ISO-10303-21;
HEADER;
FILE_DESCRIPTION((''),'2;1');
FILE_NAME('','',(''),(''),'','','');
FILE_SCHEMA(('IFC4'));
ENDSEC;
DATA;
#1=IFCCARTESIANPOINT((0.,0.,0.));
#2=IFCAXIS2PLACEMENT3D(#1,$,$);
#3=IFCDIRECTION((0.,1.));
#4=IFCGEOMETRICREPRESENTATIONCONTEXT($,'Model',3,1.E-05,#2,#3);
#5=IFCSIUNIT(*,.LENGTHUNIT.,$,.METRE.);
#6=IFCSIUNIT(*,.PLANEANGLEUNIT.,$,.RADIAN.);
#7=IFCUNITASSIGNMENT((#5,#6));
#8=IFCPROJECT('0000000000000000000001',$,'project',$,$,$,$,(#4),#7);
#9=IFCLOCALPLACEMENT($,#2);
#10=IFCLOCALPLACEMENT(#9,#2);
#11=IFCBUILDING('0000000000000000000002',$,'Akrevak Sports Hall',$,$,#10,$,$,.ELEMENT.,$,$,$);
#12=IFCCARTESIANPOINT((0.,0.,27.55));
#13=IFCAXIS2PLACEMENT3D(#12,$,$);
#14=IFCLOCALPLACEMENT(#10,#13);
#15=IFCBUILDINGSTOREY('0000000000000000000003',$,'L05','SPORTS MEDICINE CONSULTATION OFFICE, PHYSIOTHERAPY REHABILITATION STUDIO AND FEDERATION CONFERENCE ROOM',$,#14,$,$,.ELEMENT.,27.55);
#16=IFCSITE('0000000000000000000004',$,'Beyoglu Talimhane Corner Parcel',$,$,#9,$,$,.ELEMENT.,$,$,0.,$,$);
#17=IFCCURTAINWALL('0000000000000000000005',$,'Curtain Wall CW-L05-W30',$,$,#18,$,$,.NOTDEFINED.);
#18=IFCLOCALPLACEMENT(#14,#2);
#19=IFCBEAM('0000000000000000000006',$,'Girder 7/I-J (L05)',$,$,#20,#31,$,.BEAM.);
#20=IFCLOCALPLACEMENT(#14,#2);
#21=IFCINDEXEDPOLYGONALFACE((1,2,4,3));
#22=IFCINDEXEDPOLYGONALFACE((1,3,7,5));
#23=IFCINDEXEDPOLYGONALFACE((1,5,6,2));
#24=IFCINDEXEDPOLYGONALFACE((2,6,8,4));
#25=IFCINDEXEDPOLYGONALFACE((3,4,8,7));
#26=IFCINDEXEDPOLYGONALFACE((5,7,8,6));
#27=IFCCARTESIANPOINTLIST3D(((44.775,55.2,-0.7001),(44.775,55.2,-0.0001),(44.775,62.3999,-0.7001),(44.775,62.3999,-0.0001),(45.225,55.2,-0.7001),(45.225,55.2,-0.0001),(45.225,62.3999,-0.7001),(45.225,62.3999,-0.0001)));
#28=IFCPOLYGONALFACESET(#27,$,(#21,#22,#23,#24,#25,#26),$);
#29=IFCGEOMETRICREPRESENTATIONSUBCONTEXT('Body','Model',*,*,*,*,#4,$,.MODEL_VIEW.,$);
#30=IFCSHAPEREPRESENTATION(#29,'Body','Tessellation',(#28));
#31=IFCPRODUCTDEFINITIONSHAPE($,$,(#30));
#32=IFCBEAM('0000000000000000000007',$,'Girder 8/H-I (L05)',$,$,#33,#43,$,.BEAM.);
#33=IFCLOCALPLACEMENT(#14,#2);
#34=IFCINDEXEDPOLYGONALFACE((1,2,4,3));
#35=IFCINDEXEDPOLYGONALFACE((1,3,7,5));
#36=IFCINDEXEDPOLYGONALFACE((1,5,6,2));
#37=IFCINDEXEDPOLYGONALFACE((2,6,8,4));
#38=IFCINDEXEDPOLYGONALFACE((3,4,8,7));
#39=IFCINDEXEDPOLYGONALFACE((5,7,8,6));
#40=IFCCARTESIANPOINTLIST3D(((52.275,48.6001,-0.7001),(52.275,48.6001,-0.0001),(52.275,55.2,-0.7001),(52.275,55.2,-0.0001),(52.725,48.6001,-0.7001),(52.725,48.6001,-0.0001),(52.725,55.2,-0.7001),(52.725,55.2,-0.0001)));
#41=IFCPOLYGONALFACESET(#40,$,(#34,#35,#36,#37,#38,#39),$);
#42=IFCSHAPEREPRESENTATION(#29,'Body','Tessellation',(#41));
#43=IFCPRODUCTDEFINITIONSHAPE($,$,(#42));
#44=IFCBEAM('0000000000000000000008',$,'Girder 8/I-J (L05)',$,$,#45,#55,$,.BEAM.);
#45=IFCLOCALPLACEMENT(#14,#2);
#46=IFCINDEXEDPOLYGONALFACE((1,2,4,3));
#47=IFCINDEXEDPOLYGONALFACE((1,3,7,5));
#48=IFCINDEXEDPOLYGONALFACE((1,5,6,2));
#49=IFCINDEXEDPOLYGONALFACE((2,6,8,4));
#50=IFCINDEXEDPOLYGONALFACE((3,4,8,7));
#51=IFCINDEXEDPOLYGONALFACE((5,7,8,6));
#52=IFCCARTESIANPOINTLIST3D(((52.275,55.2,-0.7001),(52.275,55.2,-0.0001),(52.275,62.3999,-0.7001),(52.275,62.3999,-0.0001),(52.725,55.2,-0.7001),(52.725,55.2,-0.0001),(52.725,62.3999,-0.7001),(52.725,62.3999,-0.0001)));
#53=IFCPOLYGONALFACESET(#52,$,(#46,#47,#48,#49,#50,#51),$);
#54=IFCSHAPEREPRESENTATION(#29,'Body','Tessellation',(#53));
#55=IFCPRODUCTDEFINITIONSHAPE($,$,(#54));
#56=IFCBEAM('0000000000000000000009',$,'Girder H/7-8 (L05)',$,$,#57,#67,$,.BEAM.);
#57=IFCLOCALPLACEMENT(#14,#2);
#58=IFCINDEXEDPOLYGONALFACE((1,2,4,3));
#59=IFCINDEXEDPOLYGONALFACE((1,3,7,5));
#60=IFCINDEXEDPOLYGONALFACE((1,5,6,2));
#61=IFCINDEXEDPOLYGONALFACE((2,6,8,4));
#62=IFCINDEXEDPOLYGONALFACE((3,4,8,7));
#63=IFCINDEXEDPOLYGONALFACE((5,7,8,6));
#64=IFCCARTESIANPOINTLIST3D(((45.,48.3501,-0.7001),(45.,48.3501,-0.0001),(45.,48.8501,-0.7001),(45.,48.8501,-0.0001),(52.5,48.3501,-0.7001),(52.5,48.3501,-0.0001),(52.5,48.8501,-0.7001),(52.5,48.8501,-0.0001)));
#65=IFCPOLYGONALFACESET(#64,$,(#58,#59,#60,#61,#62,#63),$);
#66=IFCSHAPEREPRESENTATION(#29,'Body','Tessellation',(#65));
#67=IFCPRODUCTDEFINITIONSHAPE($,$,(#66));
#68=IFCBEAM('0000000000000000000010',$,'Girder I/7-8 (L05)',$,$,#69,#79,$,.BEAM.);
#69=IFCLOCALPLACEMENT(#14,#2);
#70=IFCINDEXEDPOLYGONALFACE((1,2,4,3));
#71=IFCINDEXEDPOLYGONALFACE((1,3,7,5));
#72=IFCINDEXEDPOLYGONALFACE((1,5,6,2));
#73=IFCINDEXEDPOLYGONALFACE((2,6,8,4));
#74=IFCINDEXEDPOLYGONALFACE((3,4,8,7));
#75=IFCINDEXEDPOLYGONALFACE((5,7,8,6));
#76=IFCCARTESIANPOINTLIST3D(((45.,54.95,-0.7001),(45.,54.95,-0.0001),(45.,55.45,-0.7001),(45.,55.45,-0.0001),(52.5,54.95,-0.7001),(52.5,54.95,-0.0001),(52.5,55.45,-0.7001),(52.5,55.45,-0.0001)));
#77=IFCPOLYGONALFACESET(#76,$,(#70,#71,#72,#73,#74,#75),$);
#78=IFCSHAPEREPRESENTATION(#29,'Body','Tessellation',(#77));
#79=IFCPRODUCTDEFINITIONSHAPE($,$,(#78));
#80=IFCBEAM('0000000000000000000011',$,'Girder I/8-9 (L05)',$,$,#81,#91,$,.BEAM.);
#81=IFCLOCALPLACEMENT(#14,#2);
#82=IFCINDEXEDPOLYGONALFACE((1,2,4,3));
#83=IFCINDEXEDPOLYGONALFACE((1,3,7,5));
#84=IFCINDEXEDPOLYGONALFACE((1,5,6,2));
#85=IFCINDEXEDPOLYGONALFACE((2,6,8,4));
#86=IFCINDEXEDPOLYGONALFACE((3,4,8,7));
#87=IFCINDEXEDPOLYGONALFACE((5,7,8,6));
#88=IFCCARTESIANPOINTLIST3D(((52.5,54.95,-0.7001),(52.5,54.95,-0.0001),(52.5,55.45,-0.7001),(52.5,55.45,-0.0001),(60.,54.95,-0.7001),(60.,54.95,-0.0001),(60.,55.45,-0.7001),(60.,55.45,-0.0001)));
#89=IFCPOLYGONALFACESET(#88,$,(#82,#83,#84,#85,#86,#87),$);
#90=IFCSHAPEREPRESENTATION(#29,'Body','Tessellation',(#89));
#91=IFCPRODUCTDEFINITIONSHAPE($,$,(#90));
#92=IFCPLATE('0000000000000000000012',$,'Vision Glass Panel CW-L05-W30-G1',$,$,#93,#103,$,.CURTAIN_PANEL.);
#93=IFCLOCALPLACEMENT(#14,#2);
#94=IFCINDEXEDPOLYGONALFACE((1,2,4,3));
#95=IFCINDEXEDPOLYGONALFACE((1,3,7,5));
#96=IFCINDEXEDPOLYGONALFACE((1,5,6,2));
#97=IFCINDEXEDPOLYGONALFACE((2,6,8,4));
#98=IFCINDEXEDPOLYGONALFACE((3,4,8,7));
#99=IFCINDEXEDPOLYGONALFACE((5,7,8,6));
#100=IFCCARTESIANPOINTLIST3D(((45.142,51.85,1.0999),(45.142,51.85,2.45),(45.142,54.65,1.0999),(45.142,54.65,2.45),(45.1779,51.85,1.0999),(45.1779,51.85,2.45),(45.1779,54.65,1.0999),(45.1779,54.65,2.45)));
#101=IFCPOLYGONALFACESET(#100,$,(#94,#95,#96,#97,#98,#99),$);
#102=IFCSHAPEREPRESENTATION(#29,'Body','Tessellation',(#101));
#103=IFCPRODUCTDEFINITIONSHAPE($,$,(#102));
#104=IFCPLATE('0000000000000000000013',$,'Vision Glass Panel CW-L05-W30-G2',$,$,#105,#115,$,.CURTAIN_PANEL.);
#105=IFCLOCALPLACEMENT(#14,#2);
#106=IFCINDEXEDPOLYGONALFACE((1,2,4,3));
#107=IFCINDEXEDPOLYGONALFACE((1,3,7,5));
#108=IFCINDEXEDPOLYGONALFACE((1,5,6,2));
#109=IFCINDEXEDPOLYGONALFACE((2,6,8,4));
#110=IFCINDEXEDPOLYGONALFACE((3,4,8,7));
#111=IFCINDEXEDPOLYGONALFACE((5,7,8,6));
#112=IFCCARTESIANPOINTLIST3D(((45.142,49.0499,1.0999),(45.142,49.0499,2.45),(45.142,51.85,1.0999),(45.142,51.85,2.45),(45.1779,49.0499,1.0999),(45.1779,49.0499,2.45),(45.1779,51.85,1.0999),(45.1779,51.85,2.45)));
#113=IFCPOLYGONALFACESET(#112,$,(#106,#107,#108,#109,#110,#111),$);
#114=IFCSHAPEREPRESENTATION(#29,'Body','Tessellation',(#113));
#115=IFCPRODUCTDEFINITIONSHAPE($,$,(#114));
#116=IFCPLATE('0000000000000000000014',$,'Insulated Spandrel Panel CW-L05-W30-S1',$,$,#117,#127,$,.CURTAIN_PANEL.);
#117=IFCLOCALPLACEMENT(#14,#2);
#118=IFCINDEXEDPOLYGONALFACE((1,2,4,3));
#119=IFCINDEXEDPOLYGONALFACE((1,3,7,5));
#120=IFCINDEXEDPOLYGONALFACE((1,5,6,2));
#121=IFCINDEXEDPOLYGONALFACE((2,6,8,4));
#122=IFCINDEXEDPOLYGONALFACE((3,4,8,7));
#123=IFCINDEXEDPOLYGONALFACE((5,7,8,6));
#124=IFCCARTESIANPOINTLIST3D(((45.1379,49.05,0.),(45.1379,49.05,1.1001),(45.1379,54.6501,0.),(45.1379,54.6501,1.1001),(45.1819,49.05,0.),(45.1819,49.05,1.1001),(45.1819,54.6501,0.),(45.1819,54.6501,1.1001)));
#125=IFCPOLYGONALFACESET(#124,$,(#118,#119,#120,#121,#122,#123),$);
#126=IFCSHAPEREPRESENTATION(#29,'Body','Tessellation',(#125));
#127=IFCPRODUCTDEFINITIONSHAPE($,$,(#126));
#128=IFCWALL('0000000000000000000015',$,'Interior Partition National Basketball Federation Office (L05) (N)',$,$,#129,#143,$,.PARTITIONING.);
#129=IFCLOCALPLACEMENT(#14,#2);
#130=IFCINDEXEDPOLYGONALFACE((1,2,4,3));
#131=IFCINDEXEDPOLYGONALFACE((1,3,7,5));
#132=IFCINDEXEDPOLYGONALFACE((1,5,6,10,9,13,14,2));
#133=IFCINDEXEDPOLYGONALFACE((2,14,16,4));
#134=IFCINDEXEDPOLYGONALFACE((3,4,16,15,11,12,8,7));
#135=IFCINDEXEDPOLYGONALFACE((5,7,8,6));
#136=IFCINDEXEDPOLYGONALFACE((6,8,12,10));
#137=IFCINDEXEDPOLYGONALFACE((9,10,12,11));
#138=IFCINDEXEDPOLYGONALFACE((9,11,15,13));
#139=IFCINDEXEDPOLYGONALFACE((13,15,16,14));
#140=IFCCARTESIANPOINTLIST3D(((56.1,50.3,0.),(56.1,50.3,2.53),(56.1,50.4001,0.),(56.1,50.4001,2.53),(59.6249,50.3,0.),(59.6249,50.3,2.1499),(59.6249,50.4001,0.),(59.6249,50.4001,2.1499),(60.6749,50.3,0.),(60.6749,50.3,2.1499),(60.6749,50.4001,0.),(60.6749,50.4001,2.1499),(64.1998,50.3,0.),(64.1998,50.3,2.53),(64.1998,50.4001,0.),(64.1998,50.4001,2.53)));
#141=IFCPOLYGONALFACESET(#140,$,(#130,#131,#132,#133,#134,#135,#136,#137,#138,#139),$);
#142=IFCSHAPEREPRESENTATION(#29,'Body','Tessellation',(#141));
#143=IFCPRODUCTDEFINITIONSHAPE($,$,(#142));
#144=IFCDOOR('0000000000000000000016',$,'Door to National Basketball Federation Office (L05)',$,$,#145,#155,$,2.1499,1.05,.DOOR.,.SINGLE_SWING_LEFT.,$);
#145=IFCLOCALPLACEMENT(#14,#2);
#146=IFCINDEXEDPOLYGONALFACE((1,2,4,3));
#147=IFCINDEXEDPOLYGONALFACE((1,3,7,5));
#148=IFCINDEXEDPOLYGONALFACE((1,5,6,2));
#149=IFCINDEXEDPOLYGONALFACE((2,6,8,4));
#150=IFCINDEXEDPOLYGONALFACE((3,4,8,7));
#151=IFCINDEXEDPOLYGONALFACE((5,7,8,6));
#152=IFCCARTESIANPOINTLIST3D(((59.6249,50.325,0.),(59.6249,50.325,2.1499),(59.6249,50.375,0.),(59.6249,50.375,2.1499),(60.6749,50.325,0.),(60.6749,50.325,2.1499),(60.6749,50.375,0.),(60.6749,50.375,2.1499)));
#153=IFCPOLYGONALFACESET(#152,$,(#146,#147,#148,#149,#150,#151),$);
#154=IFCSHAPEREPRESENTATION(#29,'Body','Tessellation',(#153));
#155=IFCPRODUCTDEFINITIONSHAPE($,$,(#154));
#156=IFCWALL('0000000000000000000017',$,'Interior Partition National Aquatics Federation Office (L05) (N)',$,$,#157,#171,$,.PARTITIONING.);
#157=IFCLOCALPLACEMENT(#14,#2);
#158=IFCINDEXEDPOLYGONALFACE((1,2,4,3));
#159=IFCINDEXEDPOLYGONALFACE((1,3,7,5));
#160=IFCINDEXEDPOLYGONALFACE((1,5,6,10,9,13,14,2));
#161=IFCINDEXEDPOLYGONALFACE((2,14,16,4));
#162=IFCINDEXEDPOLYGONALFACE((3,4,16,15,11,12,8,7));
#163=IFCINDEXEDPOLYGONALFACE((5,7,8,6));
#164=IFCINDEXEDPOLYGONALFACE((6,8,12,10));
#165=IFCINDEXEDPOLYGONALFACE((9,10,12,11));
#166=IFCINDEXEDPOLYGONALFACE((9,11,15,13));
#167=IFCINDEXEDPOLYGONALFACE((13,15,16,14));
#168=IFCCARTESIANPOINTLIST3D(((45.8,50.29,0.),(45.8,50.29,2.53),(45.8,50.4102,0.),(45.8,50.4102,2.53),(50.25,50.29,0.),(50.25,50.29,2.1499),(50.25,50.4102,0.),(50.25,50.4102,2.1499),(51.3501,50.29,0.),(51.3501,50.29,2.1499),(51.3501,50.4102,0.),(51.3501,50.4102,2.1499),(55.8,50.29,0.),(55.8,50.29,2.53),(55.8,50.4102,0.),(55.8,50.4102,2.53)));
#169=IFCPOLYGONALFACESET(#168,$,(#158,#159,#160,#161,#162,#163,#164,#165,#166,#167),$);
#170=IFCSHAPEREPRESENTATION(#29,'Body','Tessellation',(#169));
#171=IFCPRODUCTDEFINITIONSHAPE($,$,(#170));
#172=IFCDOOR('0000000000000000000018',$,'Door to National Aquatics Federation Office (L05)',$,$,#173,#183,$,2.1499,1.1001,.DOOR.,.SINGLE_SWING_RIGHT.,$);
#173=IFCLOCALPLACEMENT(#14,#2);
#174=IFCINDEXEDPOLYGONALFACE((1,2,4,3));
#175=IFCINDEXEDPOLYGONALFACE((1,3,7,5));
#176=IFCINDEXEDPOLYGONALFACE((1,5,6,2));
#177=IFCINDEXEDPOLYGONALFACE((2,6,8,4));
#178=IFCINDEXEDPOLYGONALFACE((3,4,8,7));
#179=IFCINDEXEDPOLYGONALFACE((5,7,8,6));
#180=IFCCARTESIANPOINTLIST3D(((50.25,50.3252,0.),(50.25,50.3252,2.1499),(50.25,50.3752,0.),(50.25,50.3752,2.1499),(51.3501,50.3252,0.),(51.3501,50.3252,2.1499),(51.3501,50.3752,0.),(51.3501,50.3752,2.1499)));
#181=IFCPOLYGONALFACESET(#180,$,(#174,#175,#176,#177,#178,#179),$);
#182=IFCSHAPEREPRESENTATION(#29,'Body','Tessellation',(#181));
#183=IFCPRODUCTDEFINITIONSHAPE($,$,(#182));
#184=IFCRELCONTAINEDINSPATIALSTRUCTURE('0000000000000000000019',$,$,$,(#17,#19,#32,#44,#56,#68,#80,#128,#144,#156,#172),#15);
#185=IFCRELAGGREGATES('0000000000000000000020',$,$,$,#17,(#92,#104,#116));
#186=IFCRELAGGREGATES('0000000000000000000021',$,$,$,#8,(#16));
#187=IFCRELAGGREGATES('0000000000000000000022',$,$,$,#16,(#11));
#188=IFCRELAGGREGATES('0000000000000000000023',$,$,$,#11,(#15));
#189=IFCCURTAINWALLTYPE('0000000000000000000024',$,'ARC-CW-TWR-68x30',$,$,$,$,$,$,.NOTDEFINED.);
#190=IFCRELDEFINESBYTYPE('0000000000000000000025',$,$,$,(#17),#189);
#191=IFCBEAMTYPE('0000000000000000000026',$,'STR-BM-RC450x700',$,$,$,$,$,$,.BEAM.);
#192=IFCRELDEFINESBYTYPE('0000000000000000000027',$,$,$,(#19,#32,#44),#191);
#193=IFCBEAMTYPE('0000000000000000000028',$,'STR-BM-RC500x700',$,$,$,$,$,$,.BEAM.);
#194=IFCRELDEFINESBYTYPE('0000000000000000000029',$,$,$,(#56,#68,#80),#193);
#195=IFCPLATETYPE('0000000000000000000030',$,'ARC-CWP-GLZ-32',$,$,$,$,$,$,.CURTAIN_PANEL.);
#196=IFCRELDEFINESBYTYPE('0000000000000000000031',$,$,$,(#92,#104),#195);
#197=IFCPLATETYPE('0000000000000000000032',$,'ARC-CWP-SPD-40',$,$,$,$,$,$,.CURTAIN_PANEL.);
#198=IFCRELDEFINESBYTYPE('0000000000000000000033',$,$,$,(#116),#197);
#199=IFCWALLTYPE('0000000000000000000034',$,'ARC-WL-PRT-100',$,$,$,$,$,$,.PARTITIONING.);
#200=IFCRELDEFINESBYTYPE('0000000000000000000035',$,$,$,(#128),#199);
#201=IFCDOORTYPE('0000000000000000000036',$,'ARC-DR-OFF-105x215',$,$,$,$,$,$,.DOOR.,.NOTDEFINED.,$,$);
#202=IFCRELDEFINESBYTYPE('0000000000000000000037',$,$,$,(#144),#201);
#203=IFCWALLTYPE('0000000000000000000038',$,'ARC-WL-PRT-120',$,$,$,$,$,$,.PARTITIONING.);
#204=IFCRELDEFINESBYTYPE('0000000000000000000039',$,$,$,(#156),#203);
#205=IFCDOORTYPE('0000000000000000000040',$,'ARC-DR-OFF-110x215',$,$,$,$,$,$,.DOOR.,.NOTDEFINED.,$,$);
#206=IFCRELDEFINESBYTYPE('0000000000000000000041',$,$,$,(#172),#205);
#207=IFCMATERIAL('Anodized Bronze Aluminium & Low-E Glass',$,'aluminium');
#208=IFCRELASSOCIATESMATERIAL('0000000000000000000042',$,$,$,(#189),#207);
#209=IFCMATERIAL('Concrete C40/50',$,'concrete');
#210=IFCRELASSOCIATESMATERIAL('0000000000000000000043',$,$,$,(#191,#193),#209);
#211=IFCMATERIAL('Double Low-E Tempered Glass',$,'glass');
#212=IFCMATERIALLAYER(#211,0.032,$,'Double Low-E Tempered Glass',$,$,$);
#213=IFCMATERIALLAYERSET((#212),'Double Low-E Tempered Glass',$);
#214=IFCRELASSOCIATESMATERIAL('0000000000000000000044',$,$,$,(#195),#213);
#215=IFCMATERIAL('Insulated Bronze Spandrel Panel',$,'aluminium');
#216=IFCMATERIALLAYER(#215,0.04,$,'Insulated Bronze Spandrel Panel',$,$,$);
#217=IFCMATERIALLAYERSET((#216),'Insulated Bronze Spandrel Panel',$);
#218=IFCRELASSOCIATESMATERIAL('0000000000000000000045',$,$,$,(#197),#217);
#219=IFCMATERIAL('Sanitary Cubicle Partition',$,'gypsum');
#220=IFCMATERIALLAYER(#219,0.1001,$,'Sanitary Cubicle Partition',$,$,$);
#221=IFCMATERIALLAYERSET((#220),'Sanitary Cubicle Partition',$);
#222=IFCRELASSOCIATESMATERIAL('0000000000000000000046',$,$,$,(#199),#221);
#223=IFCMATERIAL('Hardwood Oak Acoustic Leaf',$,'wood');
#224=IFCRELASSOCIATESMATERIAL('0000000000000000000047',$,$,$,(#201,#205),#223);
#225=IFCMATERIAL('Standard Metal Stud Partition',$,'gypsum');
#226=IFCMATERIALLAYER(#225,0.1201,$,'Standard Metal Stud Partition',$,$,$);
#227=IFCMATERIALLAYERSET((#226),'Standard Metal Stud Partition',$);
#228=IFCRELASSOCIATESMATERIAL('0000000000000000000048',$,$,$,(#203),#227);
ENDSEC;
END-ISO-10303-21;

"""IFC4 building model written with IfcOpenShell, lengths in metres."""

from ifc_helpers import new_model, si_unit, direction, frame, frame_2d, origin, origin_2d, place, context, subcontext, project, spatial, rectangle, extrude, material, layer, layer_set, material_profile, profile_set, type_object, element, fill, aggregate, save


model = new_model("IFC4")

# Units and contexts
model_context = context("Model", 3, precision=1e-05, world=origin(), true_north=direction((0.0, 1.0)))
body_context = subcontext(model_context, "Body", "Model", "MODEL_VIEW")
ifc_project = project(units=[si_unit("LENGTHUNIT", "METRE"), si_unit("PLANEANGLEUNIT", "RADIAN")], contexts=[model_context])

# Site, building, storey
site_placement = place(None, origin())
site = spatial("IfcSite", under=ifc_project, at=site_placement, Name="Beyoglu Talimhane Corner Parcel", CompositionType="ELEMENT", RefElevation=0.0)
building_placement = place(site_placement, origin())
building = spatial("IfcBuilding", under=site, at=building_placement, Name="Akrevak Sports Hall", CompositionType="ELEMENT")
storey_placement = place(building_placement, frame((0.0, 0.0, 27.55)))
storey = spatial("IfcBuildingStorey", under=building, at=storey_placement, Name="L05", Description="SPORTS MEDICINE CONSULTATION OFFICE, PHYSIOTHERAPY REHABILITATION STUDIO AND FEDERATION CONFERENCE ROOM", CompositionType="ELEMENT", Elevation=27.55)

# Shared definitions
ifc_material_1 = material(Name="Concrete C40/50", Category="concrete")

# Curtain wall
ifc_material_2 = material(Name="Anodized Bronze Aluminium & Low-E Glass", Category="aluminium")
curtain_wall_type = type_object("IfcCurtainWallType", Name="ARC-CW-TWR-68x30", PredefinedType="NOTDEFINED", material=ifc_material_2)
curtain_wall_1_placement = place(storey_placement, origin())
curtain_wall_1 = element("IfcCurtainWall", 1, at=curtain_wall_1_placement, inside=storey, type_object=curtain_wall_type, Name="Curtain Wall CW-L05-W30", PredefinedType="NOTDEFINED")

# Beams
ifc_material_profile_1 = material_profile(ifc_material_1, rectangle(XDim=0.45, YDim=0.7, at=origin_2d()), Name="BM 450x700", Category="concrete")
ifc_profile_set_1 = profile_set([ifc_material_profile_1], Name="Concrete C40/50")
beam_type_1 = type_object("IfcBeamType", Name="STR-BM-RC450x700", PredefinedType="BEAM", material=ifc_profile_set_1)
beam_1_placement = place(storey_placement, frame((45.0, 55.2, -0.3501), z_axis=(0.0, 1.0, 0.0), x_axis=(-1.0, 0.0, 0.0)))
element("IfcBeam", 2, at=beam_1_placement, inside=storey, type_object=beam_type_1, Name="Girder 7/I-J (L05)", PredefinedType="BEAM", context=body_context, shape_type="SweptSolid", body=[
    extrude(rectangle(XDim=0.45, YDim=0.7, at=origin_2d()), origin(), (0.0, 0.0, 1.0), 7.2),
])
beam_2_placement = place(storey_placement, frame((52.5, 48.6001, -0.3501), z_axis=(0.0, 1.0, 0.0), x_axis=(-1.0, 0.0, 0.0)))
element("IfcBeam", 3, at=beam_2_placement, inside=storey, type_object=beam_type_1, Name="Girder 8/H-I (L05)", PredefinedType="BEAM", context=body_context, shape_type="SweptSolid", body=[
    extrude(rectangle(XDim=0.45, YDim=0.7, at=origin_2d()), origin(), (0.0, 0.0, 1.0), 6.5999),
])
beam_3_placement = place(storey_placement, frame((52.5, 55.2, -0.3501), z_axis=(0.0, 1.0, 0.0), x_axis=(-1.0, 0.0, 0.0)))
element("IfcBeam", 4, at=beam_3_placement, inside=storey, type_object=beam_type_1, Name="Girder 8/I-J (L05)", PredefinedType="BEAM", context=body_context, shape_type="SweptSolid", body=[
    extrude(rectangle(XDim=0.45, YDim=0.7, at=origin_2d()), origin(), (0.0, 0.0, 1.0), 7.2),
])
ifc_material_profile_2 = material_profile(ifc_material_1, rectangle(XDim=0.5, YDim=0.7, at=origin_2d()), Name="BM 500x700", Category="concrete")
ifc_profile_set_2 = profile_set([ifc_material_profile_2], Name="Concrete C40/50")
beam_type_2 = type_object("IfcBeamType", Name="STR-BM-RC500x700", PredefinedType="BEAM", material=ifc_profile_set_2)
for number, where, z_axis, x_axis, name in (
    (5, (45.0, 48.6001, -0.3501), (1.0, 0.0, 0.0), (0.0, 1.0, 0.0), "Girder H/7-8 (L05)"),
    (6, (45.0, 55.2, -0.3501), (1.0, 0.0, 0.0), (0.0, 1.0, 0.0), "Girder I/7-8 (L05)"),
    (7, (52.5, 55.2, -0.3501), (1.0, 0.0, 0.0), (0.0, 1.0, 0.0), "Girder I/8-9 (L05)"),
):
    element("IfcBeam", number, at=place(storey_placement, frame(where, z_axis=z_axis, x_axis=x_axis)), inside=storey, type_object=beam_type_2, Name=name, PredefinedType="BEAM", context=body_context, shape_type="SweptSolid", body=[
        extrude(rectangle(XDim=0.5, YDim=0.7, at=origin_2d()), origin(), (0.0, 0.0, 1.0), 7.5),
    ])

# Plates
ifc_material_3 = material(Name="Double Low-E Tempered Glass", Category="glass")
ifc_layer_1 = layer(ifc_material_3, 0.032, Name="Double Low-E Tempered Glass")
ifc_layer_set_1 = layer_set([ifc_layer_1], Name="Double Low-E Tempered Glass")
plate_type_1 = type_object("IfcPlateType", Name="ARC-CWP-GLZ-32", PredefinedType="CURTAIN_PANEL", material=ifc_layer_set_1)
plate_1_placement = place(storey_placement, frame((45.1599, 53.25, 1.0999), z_axis=(0.0, 0.0, 1.0), x_axis=(0.0, -1.0, 0.0)))
plate_1 = element("IfcPlate", 8, at=plate_1_placement, type_object=plate_type_1, Name="Vision Glass Panel CW-L05-W30-G1", PredefinedType="CURTAIN_PANEL", context=body_context, shape_type="SweptSolid", body=[
    extrude(rectangle(XDim=2.8, YDim=0.0359, at=origin_2d()), origin(), (0.0, 0.0, 1.0), 1.3501),
])
plate_2_placement = place(storey_placement, frame((45.1599, 50.45, 1.0999), z_axis=(0.0, 0.0, 1.0), x_axis=(0.0, -1.0, 0.0)))
plate_2 = element("IfcPlate", 9, at=plate_2_placement, type_object=plate_type_1, Name="Vision Glass Panel CW-L05-W30-G2", PredefinedType="CURTAIN_PANEL", context=body_context, shape_type="SweptSolid", body=[
    extrude(rectangle(XDim=2.8, YDim=0.0359, at=origin_2d()), origin(), (0.0, 0.0, 1.0), 1.3501),
])
ifc_material_4 = material(Name="Insulated Bronze Spandrel Panel", Category="aluminium")
ifc_layer_2 = layer(ifc_material_4, 0.04, Name="Insulated Bronze Spandrel Panel")
ifc_layer_set_2 = layer_set([ifc_layer_2], Name="Insulated Bronze Spandrel Panel")
plate_type_2 = type_object("IfcPlateType", Name="ARC-CWP-SPD-40", PredefinedType="CURTAIN_PANEL", material=ifc_layer_set_2)
plate_3_placement = place(storey_placement, frame((45.1599, 51.8501, 0.0), z_axis=(0.0, 0.0, 1.0), x_axis=(0.0, -1.0, 0.0)))
plate_3 = element("IfcPlate", 10, at=plate_3_placement, type_object=plate_type_2, Name="Insulated Spandrel Panel CW-L05-W30-S1", PredefinedType="CURTAIN_PANEL", context=body_context, shape_type="SweptSolid", body=[
    extrude(rectangle(XDim=5.6001, YDim=0.0439, at=origin_2d()), origin(), (0.0, 0.0, 1.0), 1.1001),
])
aggregate(curtain_wall_1, [plate_1, plate_2, plate_3])

# Walls, openings, doors
ifc_material_5 = material(Name="Sanitary Cubicle Partition", Category="gypsum")
ifc_layer_3 = layer(ifc_material_5, 0.1001, Name="Sanitary Cubicle Partition")
ifc_layer_set_3 = layer_set([ifc_layer_3], Name="Sanitary Cubicle Partition")
wall_type_1 = type_object("IfcWallType", Name="ARC-WL-PRT-100", PredefinedType="PARTITIONING", material=ifc_layer_set_3)
wall_1_placement = place(storey_placement, frame((56.1001, 50.3501, 0.0), z_axis=(0.0, 0.0, 1.0), x_axis=(1.0, 0.0, 0.0)))
wall_1 = element("IfcWall", 11, at=wall_1_placement, inside=storey, type_object=wall_type_1, Name="Interior Partition National Basketball Federation Office (L05) (N)", PredefinedType="PARTITIONING", context=body_context, shape_type="SweptSolid", body=[
    extrude(rectangle(XDim=8.0999, YDim=0.1001, at=frame_2d((4.0498, 0.0))), origin(), (0.0, 0.0, 1.0), 2.53),
])
opening_1_placement = place(wall_1_placement, frame((3.5249, 0.0, 0.0)))
opening_1 = element("IfcOpeningElement", 12, at=opening_1_placement, cuts=wall_1, PredefinedType="OPENING", context=body_context, shape_type="SweptSolid", body=[
    extrude(rectangle(XDim=1.05, YDim=2.1499, at=frame_2d((0.5249, 1.075))), frame((0.0, 0.062, 0.0), z_axis=(0.0, -1.0, 0.0), x_axis=(1.0, 0.0, 0.0)), (0.0, 0.0, 1.0), 0.124),
])
ifc_material_6 = material(Name="Hardwood Oak Acoustic Leaf", Category="wood")
door_type_1 = type_object("IfcDoorType", Name="ARC-DR-OFF-105x215", OperationType="NOTDEFINED", PredefinedType="DOOR", material=ifc_material_6)
door_1_placement = place(opening_1_placement, origin())
door_1 = element("IfcDoor", 13, at=door_1_placement, inside=storey, type_object=door_type_1, Name="Door to National Basketball Federation Office (L05)", OperationType="SINGLE_SWING_LEFT", OverallHeight=2.1499, OverallWidth=1.05, PredefinedType="DOOR", context=body_context, shape_type="SweptSolid", body=[
    extrude(rectangle(XDim=1.05, YDim=2.1499, at=frame_2d((0.5249, 1.075))), frame((0.0, 0.0249, 0.0), z_axis=(0.0, -1.0, 0.0), x_axis=(1.0, 0.0, 0.0)), (0.0, 0.0, 1.0), 0.05),
])
fill(opening_1, door_1)
ifc_material_7 = material(Name="Standard Metal Stud Partition", Category="gypsum")
ifc_layer_4 = layer(ifc_material_7, 0.1201, Name="Standard Metal Stud Partition")
ifc_layer_set_4 = layer_set([ifc_layer_4], Name="Standard Metal Stud Partition")
wall_type_2 = type_object("IfcWallType", Name="ARC-WL-PRT-120", PredefinedType="PARTITIONING", material=ifc_layer_set_4)
wall_2_placement = place(storey_placement, frame((45.8, 50.3501, 0.0), z_axis=(0.0, 0.0, 1.0), x_axis=(1.0, 0.0, 0.0)))
wall_2 = element("IfcWall", 14, at=wall_2_placement, inside=storey, type_object=wall_type_2, Name="Interior Partition National Aquatics Federation Office (L05) (N)", PredefinedType="PARTITIONING", context=body_context, shape_type="SweptSolid", body=[
    extrude(rectangle(XDim=10.0, YDim=0.1201, at=frame_2d((5.0, 0.0))), origin(), (0.0, 0.0, 1.0), 2.53),
])
opening_2_placement = place(wall_2_placement, frame((4.45, 0.0, 0.0)))
opening_2 = element("IfcOpeningElement", 15, at=opening_2_placement, cuts=wall_2, PredefinedType="OPENING", context=body_context, shape_type="SweptSolid", body=[
    extrude(rectangle(XDim=1.1001, YDim=2.1499, at=frame_2d((0.55, 1.075))), frame((0.0, 0.072, 0.0), z_axis=(0.0, -1.0, 0.0), x_axis=(1.0, 0.0, 0.0)), (0.0, 0.0, 1.0), 0.144),
])
door_type_2 = type_object("IfcDoorType", Name="ARC-DR-OFF-110x215", OperationType="NOTDEFINED", PredefinedType="DOOR", material=ifc_material_6)
door_2_placement = place(opening_2_placement, frame((1.1001, 0.0, 0.0), z_axis=(0.0, 0.0, 1.0), x_axis=(-1.0, 0.0, 0.0)))
door_2 = element("IfcDoor", 16, at=door_2_placement, inside=storey, type_object=door_type_2, Name="Door to National Aquatics Federation Office (L05)", OperationType="SINGLE_SWING_RIGHT", OverallHeight=2.1499, OverallWidth=1.1001, PredefinedType="DOOR", context=body_context, shape_type="SweptSolid", body=[
    extrude(rectangle(XDim=1.1001, YDim=2.1499, at=frame_2d((0.55, 1.075))), frame((0.0, 0.0249, 0.0), z_axis=(0.0, -1.0, 0.0), x_axis=(1.0, 0.0, 0.0)), (0.0, 0.0, 1.0), 0.05),
])
fill(opening_2, door_2)

save(model, "model.ifc")
